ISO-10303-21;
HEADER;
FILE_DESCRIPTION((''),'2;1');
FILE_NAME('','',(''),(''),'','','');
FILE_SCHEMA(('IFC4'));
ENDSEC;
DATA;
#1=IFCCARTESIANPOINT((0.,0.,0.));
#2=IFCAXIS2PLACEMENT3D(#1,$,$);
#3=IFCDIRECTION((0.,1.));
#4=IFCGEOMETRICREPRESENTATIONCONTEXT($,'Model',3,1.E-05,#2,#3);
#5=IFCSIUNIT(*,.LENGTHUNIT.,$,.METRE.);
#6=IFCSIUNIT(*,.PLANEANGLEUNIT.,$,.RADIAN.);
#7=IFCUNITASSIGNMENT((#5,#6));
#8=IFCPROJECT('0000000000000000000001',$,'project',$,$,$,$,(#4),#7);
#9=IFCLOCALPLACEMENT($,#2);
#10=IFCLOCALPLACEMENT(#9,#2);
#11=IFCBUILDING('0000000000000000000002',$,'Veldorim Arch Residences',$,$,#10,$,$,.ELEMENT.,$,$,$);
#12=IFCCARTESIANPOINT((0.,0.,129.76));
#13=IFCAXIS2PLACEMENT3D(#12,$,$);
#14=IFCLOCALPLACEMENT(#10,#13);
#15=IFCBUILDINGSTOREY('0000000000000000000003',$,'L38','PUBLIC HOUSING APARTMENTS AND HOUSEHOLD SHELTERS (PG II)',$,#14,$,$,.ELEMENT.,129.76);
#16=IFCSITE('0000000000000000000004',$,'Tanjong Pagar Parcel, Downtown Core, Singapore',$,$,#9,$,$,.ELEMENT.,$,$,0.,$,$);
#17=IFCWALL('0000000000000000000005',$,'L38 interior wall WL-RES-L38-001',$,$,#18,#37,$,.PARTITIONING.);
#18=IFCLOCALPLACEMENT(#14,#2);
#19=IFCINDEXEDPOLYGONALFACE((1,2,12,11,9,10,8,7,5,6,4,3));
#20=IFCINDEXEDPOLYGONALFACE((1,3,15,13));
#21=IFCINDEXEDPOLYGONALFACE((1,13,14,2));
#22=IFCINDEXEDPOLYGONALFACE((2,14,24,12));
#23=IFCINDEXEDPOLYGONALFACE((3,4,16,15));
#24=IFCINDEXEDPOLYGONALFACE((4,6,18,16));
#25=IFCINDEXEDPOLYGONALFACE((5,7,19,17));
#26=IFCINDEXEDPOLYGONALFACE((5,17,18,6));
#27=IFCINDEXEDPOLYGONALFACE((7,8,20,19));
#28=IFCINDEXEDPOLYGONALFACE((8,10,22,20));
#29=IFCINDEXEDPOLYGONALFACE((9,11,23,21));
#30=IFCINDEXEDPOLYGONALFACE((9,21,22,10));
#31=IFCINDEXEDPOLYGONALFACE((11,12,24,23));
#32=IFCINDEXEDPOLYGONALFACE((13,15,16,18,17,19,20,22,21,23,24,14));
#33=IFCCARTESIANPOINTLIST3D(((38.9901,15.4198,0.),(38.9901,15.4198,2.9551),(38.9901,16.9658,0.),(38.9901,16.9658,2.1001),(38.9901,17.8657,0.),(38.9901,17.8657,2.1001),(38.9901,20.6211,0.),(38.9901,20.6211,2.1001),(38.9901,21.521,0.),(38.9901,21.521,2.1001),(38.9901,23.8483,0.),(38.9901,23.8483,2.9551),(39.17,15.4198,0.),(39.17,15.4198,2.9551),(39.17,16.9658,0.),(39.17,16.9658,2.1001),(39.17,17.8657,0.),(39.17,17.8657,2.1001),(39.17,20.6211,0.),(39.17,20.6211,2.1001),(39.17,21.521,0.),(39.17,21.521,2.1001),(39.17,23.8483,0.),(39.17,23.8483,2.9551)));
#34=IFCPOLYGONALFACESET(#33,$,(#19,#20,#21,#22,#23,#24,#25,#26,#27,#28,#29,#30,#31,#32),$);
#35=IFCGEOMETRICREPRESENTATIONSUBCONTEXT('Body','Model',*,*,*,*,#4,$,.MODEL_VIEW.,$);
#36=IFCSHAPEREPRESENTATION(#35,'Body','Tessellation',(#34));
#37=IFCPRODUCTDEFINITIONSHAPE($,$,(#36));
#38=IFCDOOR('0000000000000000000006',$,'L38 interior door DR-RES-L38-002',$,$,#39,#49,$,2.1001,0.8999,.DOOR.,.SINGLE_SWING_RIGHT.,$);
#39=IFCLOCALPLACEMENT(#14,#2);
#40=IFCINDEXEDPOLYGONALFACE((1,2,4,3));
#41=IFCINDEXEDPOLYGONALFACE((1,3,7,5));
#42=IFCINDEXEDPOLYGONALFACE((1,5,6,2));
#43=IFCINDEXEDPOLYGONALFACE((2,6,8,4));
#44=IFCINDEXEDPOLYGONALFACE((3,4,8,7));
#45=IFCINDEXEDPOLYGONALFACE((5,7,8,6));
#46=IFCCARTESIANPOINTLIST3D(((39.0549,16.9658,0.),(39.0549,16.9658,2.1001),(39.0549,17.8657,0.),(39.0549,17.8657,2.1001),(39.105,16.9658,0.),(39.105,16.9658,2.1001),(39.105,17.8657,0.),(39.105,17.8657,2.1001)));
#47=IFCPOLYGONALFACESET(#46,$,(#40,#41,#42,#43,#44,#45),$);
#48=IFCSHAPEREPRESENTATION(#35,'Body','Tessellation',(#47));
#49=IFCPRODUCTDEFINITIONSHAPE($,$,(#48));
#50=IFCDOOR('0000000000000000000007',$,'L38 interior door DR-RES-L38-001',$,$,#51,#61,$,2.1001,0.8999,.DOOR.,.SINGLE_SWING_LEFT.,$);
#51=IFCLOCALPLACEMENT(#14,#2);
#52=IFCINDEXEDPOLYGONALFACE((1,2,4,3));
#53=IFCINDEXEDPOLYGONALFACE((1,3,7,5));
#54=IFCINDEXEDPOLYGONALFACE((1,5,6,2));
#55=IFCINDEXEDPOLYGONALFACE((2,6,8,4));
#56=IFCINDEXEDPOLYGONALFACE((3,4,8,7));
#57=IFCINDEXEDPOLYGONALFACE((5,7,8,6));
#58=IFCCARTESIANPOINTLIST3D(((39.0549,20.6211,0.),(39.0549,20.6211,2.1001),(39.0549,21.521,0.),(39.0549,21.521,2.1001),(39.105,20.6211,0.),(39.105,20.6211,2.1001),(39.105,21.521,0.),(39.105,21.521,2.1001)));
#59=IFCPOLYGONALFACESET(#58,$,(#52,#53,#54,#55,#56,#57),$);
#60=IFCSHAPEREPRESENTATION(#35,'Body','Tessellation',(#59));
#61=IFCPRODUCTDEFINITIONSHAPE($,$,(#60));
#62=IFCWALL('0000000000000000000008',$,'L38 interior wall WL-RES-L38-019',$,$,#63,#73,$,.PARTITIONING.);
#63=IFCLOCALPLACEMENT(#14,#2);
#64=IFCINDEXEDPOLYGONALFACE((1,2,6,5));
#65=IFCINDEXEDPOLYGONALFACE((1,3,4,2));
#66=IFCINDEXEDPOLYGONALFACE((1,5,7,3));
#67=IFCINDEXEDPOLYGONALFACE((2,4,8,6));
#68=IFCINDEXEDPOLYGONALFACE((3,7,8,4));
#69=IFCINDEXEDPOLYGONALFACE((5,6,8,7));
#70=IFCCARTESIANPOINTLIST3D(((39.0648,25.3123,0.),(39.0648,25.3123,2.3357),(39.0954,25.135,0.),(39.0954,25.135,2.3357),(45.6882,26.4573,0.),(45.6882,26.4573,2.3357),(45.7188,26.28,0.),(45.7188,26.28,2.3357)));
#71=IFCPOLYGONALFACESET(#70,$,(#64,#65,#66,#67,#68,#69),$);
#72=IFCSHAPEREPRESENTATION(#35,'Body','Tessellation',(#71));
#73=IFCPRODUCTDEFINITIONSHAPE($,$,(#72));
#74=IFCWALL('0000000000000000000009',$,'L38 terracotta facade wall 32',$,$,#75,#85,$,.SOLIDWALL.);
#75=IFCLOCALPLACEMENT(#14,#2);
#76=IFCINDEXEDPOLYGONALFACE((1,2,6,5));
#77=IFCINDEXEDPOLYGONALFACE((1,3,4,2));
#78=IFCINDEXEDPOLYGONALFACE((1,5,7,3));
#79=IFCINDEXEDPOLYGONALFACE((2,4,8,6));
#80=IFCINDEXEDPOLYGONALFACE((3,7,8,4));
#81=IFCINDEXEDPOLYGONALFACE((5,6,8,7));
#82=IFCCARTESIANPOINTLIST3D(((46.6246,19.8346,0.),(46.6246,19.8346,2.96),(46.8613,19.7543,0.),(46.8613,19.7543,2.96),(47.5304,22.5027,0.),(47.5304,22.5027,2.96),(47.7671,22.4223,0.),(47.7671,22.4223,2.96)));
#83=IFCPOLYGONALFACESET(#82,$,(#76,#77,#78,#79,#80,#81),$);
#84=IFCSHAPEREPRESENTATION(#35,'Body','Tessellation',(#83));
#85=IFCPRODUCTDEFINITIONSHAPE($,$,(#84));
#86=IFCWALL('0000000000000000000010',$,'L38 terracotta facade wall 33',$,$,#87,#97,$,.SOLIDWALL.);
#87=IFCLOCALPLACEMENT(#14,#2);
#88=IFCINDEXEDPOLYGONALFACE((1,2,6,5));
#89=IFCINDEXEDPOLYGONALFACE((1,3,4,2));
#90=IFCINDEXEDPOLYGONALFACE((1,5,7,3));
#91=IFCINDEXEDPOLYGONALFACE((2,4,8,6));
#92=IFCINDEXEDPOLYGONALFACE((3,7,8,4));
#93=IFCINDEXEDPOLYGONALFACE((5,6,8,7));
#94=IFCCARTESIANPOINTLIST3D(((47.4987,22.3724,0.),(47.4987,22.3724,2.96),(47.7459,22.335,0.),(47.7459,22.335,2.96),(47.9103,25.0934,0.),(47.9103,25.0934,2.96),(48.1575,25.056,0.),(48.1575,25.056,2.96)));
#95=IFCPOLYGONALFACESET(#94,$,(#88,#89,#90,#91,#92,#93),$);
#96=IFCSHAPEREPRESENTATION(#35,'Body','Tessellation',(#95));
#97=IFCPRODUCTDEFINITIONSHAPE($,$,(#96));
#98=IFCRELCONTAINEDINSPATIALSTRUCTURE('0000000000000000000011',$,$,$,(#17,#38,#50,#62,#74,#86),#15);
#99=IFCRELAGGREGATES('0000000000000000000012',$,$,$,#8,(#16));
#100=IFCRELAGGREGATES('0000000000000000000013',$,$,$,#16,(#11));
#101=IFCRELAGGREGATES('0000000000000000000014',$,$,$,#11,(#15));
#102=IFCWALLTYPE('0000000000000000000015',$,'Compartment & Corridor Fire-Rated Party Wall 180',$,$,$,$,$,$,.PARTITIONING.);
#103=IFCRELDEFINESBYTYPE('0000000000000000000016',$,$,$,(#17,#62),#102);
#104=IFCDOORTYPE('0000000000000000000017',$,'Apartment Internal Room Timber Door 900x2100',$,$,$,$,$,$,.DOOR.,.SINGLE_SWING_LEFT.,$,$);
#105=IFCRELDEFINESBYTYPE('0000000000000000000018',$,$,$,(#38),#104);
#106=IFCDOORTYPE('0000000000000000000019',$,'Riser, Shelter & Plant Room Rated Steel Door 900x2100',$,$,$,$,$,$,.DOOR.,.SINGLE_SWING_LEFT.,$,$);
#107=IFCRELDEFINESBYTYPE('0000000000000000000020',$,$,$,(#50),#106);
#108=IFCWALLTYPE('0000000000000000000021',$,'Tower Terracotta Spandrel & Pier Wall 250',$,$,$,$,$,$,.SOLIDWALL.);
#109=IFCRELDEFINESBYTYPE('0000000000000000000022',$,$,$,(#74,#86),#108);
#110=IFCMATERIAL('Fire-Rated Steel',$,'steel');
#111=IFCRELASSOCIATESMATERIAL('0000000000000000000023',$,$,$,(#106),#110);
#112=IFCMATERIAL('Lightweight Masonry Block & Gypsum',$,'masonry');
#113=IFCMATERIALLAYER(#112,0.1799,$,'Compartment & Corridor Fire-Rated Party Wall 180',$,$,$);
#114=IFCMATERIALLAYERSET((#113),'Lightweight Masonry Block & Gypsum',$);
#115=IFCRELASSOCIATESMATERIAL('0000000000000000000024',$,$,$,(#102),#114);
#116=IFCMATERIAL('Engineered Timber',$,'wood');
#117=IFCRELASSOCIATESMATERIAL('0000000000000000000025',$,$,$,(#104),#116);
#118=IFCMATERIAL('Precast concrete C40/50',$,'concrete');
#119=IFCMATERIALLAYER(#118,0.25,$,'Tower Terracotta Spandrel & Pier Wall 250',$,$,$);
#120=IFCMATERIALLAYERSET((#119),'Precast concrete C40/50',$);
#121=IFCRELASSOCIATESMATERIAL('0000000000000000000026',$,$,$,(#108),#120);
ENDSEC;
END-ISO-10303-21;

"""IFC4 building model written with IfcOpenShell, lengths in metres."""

from ifc_helpers import new_model, si_unit, direction, frame, frame_2d, origin, place, context, subcontext, project, spatial, rectangle, extrude, material, layer, layer_set, type_object, element, fill, save


model = new_model("IFC4")

# Units and contexts
model_context = context("Model", 3, precision=1e-05, world=origin(), true_north=direction((0.0, 1.0)))
body_context = subcontext(model_context, "Body", "Model", "MODEL_VIEW")
ifc_project = project(units=[si_unit("LENGTHUNIT", "METRE"), si_unit("PLANEANGLEUNIT", "RADIAN")], contexts=[model_context])

# Site, building, storey
site_placement = place(None, origin())
site = spatial("IfcSite", under=ifc_project, at=site_placement, Name="Tanjong Pagar Parcel, Downtown Core, Singapore", CompositionType="ELEMENT", RefElevation=0.0)
building_placement = place(site_placement, origin())
building = spatial("IfcBuilding", under=site, at=building_placement, Name="Veldorim Arch Residences", CompositionType="ELEMENT")
storey_placement = place(building_placement, frame((0.0, 0.0, 129.76)))
storey = spatial("IfcBuildingStorey", under=building, at=storey_placement, Name="L38", Description="PUBLIC HOUSING APARTMENTS AND HOUSEHOLD SHELTERS (PG II)", CompositionType="ELEMENT", Elevation=129.76)

# Shared definitions
ifc_material_1 = material(Name="Fire-Rated Steel", Category="steel")
door_type_1 = type_object("IfcDoorType", Name="Riser, Shelter & Plant Room Rated Steel Door 900x2100", OperationType="SINGLE_SWING_LEFT", PredefinedType="DOOR", material=ifc_material_1)

# Shared definitions
ifc_material_2 = material(Name="Lightweight Masonry Block & Gypsum", Category="masonry")
ifc_layer_1 = layer(ifc_material_2, 0.1799, Name="Compartment & Corridor Fire-Rated Party Wall 180")
ifc_layer_set_1 = layer_set([ifc_layer_1], Name="Lightweight Masonry Block & Gypsum")
wall_type_1 = type_object("IfcWallType", Name="Compartment & Corridor Fire-Rated Party Wall 180", PredefinedType="PARTITIONING", material=ifc_layer_set_1)

# Wall, openings, doors
wall_1_placement = place(storey_placement, frame((39.0801, 23.8484, 0.0), z_axis=(0.0, 0.0, 1.0), x_axis=(0.0, -1.0, 0.0)))
wall_1 = element("IfcWall", 1, at=wall_1_placement, inside=storey, type_object=wall_type_1, Name="L38 interior wall WL-RES-L38-001", PredefinedType="PARTITIONING", context=body_context, shape_type="SweptSolid", body=[
    extrude(rectangle(XDim=8.4285, YDim=0.1799, at=frame_2d((4.2144, 0.0))), origin(), (0.0, 0.0, 1.0), 2.9551),
])
opening_1_placement = place(wall_1_placement, frame((2.3274, 0.0, 0.0)))
opening_1 = element("IfcOpeningElement", 2, at=opening_1_placement, cuts=wall_1, PredefinedType="OPENING", context=body_context, shape_type="SweptSolid", body=[
    extrude(rectangle(XDim=0.8999, YDim=2.1001, at=frame_2d((0.45, 1.05))), frame((0.0, 0.0999, 0.0), z_axis=(0.0, -1.0, 0.0), x_axis=(1.0, 0.0, 0.0)), (0.0, 0.0, 1.0), 0.2),
])
opening_2_placement = place(wall_1_placement, frame((5.9827, 0.0, 0.0)))
opening_2 = element("IfcOpeningElement", 3, at=opening_2_placement, cuts=wall_1, PredefinedType="OPENING", context=body_context, shape_type="SweptSolid", body=[
    extrude(rectangle(XDim=0.8999, YDim=2.1001, at=frame_2d((0.45, 1.05))), frame((0.0, 0.0999, 0.0), z_axis=(0.0, -1.0, 0.0), x_axis=(1.0, 0.0, 0.0)), (0.0, 0.0, 1.0), 0.2),
])
ifc_material_3 = material(Name="Engineered Timber", Category="wood")
door_type_2 = type_object("IfcDoorType", Name="Apartment Internal Room Timber Door 900x2100", OperationType="SINGLE_SWING_LEFT", PredefinedType="DOOR", material=ifc_material_3)
door_1_placement = place(opening_2_placement, origin())
door_1 = element("IfcDoor", 4, at=door_1_placement, inside=storey, type_object=door_type_2, Name="L38 interior door DR-RES-L38-002", OperationType="SINGLE_SWING_RIGHT", OverallHeight=2.1001, OverallWidth=0.8999, PredefinedType="DOOR", context=body_context, shape_type="SweptSolid", body=[
    extrude(rectangle(XDim=0.8999, YDim=2.1001, at=frame_2d((0.45, 1.05))), frame((0.0, 0.0249, 0.0), z_axis=(0.0, -1.0, 0.0), x_axis=(1.0, 0.0, 0.0)), (0.0, 0.0, 1.0), 0.05),
])
fill(opening_2, door_1)
door_2_placement = place(opening_1_placement, origin())
door_2 = element("IfcDoor", 5, at=door_2_placement, inside=storey, type_object=door_type_1, Name="L38 interior door DR-RES-L38-001", OperationType="SINGLE_SWING_LEFT", OverallHeight=2.1001, OverallWidth=0.8999, PredefinedType="DOOR", context=body_context, shape_type="SweptSolid", body=[
    extrude(rectangle(XDim=0.8999, YDim=2.1001, at=frame_2d((0.45, 1.05))), frame((0.0, 0.0249, 0.0), z_axis=(0.0, -1.0, 0.0), x_axis=(1.0, 0.0, 0.0)), (0.0, 0.0, 1.0), 0.05),
])
fill(opening_1, door_2)

# Walls
wall_2_placement = place(storey_placement, frame((39.0801, 25.2236, 0.0), z_axis=(0.0, 0.0, 1.0), x_axis=(0.985385, 0.170345, 0.0)))
element("IfcWall", 6, at=wall_2_placement, inside=storey, type_object=wall_type_1, Name="L38 interior wall WL-RES-L38-019", PredefinedType="PARTITIONING", context=body_context, shape_type="SweptSolid", body=[
    extrude(rectangle(XDim=6.7217, YDim=0.1799, at=frame_2d((3.3608, 0.0))), origin(), (0.0, 0.0, 1.0), 2.3357),
])
ifc_material_4 = material(Name="Precast concrete C40/50", Category="concrete")
ifc_layer_2 = layer(ifc_material_4, 0.25, Name="Tower Terracotta Spandrel & Pier Wall 250")
ifc_layer_set_2 = layer_set([ifc_layer_2], Name="Precast concrete C40/50")
wall_type_2 = type_object("IfcWallType", Name="Tower Terracotta Spandrel & Pier Wall 250", PredefinedType="SOLIDWALL", material=ifc_layer_set_2)
wall_3_placement = place(storey_placement, frame((47.6487, 22.4624, 0.0), z_axis=(0.0, 0.0, 1.0), x_axis=(-0.321474, -0.946918, 0.0)))
element("IfcWall", 7, at=wall_3_placement, inside=storey, type_object=wall_type_2, Name="L38 terracotta facade wall 32", PredefinedType="SOLIDWALL", context=body_context, shape_type="SweptSolid", body=[
    extrude(rectangle(XDim=2.8176, YDim=0.25, at=frame_2d((1.4087, 0.0))), origin(), (0.0, 0.0, 1.0), 2.96),
])
wall_4_placement = place(storey_placement, frame((48.0339, 25.0747, 0.0), z_axis=(0.0, 0.0, 1.0), x_axis=(-0.149577, -0.98875, 0.0)))
element("IfcWall", 8, at=wall_4_placement, inside=storey, type_object=wall_type_2, Name="L38 terracotta facade wall 33", PredefinedType="SOLIDWALL", context=body_context, shape_type="SweptSolid", body=[
    extrude(rectangle(XDim=2.752, YDim=0.25, at=frame_2d((1.376, 0.0))), origin(), (0.0, 0.0, 1.0), 2.96),
])

save(model, "model.ifc")
